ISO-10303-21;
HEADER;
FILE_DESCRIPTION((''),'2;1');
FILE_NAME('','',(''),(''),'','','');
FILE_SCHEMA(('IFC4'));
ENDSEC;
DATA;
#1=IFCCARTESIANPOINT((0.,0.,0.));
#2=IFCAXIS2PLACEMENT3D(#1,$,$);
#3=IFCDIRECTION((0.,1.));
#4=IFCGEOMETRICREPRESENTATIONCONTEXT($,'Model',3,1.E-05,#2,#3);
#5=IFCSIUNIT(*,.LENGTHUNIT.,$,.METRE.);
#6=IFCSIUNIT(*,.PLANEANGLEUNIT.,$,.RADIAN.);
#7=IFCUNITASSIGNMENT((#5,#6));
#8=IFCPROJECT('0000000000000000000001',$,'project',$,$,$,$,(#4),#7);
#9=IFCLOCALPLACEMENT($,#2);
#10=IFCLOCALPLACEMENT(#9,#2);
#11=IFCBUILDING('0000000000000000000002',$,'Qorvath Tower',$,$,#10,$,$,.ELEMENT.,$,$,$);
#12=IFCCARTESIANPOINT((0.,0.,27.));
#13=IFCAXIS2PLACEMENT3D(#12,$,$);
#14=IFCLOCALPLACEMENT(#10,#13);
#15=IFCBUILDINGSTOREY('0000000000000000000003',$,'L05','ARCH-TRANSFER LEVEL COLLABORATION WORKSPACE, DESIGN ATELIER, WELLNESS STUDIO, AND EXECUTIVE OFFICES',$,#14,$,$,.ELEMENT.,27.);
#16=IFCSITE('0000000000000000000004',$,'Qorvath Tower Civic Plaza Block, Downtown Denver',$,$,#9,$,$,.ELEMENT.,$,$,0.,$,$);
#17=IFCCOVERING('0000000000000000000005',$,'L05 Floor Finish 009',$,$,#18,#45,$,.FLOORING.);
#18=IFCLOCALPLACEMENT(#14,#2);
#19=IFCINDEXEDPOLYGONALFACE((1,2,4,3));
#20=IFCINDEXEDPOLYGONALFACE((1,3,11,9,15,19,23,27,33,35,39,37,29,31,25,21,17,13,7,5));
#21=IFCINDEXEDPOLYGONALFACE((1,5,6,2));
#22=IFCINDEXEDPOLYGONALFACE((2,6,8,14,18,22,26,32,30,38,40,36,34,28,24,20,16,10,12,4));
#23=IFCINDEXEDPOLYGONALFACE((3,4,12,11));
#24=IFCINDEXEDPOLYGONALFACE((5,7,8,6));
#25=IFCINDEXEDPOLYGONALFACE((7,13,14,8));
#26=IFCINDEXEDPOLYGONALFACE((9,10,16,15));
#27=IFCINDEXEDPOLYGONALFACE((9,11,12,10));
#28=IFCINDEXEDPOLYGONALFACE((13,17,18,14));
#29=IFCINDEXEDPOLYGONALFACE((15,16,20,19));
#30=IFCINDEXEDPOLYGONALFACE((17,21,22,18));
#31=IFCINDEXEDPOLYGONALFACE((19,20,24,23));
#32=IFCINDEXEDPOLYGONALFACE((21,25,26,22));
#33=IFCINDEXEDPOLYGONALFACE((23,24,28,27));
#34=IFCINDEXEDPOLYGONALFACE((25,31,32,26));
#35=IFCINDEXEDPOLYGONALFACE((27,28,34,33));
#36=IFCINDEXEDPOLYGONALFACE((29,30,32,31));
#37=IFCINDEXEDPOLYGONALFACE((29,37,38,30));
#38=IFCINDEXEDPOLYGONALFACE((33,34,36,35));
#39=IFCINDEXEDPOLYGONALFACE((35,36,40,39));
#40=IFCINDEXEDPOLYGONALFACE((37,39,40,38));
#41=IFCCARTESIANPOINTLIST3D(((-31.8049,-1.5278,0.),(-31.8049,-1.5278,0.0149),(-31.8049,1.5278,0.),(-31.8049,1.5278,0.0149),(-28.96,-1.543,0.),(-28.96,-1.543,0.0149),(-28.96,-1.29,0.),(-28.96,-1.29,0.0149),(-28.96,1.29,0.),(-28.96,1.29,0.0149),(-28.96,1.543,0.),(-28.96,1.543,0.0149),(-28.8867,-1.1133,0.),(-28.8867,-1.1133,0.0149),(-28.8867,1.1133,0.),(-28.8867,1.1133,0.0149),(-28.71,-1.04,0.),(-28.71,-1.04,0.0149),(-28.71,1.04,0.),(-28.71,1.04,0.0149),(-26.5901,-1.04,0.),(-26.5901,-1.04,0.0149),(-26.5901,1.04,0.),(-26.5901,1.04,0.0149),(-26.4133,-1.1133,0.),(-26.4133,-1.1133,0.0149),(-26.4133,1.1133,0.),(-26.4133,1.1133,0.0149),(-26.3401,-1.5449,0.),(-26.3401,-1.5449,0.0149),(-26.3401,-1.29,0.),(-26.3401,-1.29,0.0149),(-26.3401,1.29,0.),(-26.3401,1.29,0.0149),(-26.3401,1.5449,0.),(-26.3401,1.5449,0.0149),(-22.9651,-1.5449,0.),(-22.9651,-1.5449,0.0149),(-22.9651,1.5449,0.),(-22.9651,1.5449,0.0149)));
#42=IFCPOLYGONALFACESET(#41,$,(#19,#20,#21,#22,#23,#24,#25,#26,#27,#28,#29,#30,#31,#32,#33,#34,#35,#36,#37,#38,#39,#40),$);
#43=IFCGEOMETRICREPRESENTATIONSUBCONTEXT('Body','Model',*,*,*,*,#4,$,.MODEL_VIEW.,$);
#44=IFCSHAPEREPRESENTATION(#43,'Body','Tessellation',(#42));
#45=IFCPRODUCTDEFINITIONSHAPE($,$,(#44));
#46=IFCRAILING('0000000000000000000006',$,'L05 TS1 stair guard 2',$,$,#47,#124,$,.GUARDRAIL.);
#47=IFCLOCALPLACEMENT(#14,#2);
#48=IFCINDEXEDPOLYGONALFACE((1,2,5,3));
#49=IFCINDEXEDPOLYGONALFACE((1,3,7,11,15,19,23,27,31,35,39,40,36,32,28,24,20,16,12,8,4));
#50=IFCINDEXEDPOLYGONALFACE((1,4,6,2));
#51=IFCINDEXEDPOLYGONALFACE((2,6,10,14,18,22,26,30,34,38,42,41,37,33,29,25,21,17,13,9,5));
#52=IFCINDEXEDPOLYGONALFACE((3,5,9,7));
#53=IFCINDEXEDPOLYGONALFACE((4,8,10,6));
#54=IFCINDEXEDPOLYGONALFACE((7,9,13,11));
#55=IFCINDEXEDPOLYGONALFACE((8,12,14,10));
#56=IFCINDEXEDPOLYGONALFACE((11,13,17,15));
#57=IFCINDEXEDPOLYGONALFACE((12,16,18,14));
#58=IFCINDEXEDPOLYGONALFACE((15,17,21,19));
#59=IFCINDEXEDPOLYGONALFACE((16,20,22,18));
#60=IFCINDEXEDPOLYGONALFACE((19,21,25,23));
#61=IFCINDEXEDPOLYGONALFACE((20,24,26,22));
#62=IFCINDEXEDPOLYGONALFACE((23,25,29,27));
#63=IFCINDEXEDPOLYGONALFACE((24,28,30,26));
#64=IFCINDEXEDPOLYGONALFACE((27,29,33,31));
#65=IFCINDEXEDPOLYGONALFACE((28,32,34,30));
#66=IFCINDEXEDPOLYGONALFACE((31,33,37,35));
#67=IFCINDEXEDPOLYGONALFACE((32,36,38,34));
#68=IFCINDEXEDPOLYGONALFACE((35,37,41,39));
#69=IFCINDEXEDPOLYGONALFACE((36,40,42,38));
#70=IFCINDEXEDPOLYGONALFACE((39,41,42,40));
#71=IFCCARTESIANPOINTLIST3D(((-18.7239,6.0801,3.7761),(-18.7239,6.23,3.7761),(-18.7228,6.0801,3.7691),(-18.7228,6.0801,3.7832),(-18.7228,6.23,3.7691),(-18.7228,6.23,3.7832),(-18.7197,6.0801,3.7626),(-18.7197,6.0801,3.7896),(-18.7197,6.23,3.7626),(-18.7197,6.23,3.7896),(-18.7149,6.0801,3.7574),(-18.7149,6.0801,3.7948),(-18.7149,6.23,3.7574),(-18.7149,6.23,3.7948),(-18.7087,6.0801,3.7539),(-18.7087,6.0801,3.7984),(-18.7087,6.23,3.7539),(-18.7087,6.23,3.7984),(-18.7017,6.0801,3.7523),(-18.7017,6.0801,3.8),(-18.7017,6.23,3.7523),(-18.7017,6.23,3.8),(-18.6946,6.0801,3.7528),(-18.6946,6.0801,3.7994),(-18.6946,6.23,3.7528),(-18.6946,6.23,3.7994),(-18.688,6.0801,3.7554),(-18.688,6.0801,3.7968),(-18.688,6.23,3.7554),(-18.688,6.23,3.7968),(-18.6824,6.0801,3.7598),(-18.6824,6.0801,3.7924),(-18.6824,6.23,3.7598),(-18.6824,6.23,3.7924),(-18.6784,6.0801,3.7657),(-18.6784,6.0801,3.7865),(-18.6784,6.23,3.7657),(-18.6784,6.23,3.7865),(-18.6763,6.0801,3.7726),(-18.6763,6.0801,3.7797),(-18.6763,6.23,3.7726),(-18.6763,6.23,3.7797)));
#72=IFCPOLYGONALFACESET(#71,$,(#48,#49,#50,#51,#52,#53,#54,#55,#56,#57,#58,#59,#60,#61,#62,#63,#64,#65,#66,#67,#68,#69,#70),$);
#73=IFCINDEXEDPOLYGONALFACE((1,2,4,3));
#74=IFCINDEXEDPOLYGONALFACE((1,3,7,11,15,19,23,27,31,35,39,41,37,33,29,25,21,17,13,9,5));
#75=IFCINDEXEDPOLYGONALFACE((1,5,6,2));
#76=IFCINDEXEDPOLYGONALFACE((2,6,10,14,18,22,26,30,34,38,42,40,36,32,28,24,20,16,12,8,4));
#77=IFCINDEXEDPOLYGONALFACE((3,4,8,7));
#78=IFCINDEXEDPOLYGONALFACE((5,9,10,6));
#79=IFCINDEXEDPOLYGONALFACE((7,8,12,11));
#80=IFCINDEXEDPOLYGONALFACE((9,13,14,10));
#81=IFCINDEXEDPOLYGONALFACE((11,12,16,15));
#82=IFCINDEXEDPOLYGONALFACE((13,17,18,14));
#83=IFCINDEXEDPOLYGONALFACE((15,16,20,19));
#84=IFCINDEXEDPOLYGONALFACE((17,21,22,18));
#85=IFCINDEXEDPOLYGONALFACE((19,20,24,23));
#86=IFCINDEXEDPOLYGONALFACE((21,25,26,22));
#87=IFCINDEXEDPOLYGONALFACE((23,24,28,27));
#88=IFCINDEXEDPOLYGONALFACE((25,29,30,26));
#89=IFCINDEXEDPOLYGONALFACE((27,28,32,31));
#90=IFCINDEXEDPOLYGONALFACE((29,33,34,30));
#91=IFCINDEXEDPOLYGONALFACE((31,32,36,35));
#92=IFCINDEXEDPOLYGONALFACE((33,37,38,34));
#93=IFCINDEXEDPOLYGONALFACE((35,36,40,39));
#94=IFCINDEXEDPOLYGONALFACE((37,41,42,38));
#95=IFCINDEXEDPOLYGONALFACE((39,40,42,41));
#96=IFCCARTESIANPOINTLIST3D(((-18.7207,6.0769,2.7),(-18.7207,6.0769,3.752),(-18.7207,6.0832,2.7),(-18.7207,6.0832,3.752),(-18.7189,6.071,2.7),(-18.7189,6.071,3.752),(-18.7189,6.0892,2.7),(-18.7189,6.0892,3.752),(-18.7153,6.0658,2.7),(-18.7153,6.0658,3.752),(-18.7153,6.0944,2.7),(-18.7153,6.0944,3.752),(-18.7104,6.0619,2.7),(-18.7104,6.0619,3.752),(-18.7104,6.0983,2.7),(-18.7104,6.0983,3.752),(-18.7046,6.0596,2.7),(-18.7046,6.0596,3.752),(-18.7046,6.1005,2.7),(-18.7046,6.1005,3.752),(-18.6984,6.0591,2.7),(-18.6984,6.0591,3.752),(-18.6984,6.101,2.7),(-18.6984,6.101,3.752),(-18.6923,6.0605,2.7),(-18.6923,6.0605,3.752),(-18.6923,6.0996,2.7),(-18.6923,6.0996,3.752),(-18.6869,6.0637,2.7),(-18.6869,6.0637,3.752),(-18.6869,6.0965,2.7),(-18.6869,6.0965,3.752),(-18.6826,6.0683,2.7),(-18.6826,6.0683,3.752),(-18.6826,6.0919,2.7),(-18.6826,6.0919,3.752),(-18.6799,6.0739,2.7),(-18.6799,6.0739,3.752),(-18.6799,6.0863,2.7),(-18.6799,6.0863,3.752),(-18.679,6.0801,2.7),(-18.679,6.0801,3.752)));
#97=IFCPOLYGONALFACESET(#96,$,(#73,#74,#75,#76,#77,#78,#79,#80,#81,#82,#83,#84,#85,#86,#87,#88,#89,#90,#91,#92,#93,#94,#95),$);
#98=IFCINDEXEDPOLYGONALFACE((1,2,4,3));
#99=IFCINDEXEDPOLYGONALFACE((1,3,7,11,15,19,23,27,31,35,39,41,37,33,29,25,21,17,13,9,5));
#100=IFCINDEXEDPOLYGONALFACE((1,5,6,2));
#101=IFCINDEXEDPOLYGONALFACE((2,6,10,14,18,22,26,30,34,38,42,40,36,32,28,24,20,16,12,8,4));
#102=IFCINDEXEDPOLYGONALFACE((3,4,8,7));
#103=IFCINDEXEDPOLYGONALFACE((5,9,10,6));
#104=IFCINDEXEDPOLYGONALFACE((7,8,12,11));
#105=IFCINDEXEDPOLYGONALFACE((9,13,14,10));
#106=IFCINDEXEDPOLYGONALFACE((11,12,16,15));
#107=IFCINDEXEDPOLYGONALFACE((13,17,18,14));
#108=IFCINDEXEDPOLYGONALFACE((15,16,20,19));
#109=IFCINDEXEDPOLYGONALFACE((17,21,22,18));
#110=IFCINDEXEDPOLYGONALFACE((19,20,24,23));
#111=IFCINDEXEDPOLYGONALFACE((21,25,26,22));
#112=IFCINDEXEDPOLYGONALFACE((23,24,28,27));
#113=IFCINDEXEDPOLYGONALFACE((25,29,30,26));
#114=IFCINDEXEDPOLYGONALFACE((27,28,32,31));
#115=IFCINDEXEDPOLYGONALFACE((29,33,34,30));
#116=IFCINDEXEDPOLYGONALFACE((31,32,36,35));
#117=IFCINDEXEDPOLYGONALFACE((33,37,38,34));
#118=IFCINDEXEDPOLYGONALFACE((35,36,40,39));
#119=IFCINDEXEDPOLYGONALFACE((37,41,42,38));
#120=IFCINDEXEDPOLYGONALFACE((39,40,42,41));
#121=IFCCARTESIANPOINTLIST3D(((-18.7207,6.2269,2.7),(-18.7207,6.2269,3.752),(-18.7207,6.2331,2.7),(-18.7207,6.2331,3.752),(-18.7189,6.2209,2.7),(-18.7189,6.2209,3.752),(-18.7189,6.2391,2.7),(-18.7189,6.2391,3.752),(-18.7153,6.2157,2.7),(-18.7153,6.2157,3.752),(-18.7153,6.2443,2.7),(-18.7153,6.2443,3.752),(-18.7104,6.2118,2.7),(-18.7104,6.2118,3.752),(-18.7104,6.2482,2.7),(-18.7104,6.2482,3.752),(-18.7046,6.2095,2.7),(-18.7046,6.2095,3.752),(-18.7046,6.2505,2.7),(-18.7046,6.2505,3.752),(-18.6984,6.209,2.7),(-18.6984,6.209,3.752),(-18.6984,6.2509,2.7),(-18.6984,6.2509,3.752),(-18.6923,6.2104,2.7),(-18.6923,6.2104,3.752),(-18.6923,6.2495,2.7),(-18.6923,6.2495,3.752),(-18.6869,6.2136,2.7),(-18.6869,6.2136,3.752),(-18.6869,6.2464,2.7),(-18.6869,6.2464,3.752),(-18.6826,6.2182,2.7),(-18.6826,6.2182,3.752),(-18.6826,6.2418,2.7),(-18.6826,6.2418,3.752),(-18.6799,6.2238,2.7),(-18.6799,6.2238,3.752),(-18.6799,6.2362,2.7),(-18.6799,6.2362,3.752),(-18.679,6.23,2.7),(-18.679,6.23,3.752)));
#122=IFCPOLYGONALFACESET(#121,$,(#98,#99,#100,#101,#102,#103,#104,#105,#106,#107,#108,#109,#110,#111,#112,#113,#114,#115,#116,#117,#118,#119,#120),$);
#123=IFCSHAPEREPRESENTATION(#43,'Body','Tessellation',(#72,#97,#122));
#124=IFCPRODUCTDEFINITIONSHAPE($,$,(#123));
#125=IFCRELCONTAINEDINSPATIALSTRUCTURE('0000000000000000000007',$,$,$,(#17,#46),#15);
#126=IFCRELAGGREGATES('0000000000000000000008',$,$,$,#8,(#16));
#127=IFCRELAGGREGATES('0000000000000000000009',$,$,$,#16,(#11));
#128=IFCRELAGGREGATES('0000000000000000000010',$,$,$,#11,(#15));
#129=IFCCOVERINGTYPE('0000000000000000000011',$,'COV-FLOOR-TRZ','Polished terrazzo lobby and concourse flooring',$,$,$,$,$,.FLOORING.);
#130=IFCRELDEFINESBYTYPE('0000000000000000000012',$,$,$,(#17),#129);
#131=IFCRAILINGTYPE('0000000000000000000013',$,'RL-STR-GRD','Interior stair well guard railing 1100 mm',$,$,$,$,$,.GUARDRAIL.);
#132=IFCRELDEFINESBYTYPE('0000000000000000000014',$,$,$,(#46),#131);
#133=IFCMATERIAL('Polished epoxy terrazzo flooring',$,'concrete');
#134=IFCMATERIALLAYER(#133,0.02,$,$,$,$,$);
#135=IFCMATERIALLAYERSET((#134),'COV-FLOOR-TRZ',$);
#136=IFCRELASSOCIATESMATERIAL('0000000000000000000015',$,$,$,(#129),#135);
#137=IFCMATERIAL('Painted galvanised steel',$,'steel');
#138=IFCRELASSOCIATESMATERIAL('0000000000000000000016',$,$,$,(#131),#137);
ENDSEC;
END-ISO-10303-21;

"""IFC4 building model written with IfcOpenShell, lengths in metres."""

from ifc_helpers import new_model, si_unit, direction, frame, origin, origin_2d, place, context, subcontext, project, spatial, polyline, circle, outline, extrude, material, layer, layer_set, type_object, element, save


model = new_model("IFC4")

# Units and contexts
model_context = context("Model", 3, precision=1e-05, world=origin(), true_north=direction((0.0, 1.0)))
body_context = subcontext(model_context, "Body", "Model", "MODEL_VIEW")
ifc_project = project(units=[si_unit("LENGTHUNIT", "METRE"), si_unit("PLANEANGLEUNIT", "RADIAN")], contexts=[model_context])

# Site, building, storey
site_placement = place(None, origin())
site = spatial("IfcSite", under=ifc_project, at=site_placement, Name="Qorvath Tower Civic Plaza Block, Downtown Denver", CompositionType="ELEMENT", RefElevation=0.0)
building_placement = place(site_placement, origin())
building = spatial("IfcBuilding", under=site, at=building_placement, Name="Qorvath Tower", CompositionType="ELEMENT")
storey_placement = place(building_placement, frame((0.0, 0.0, 27.0)))
storey = spatial("IfcBuildingStorey", under=building, at=storey_placement, Name="L05", Description="ARCH-TRANSFER LEVEL COLLABORATION WORKSPACE, DESIGN ATELIER, WELLNESS STUDIO, AND EXECUTIVE OFFICES", CompositionType="ELEMENT", Elevation=27.0)

# Covering
ifc_material_1 = material(Name="Polished epoxy terrazzo flooring", Category="concrete")
ifc_layer_1 = layer(ifc_material_1, 0.02)
ifc_layer_set_1 = layer_set([ifc_layer_1], Name="COV-FLOOR-TRZ")
covering_type_1 = type_object("IfcCoveringType", Name="COV-FLOOR-TRZ", Description="Polished terrazzo lobby and concourse flooring", PredefinedType="FLOORING", material=ifc_layer_set_1)
covering_1_placement = place(storey_placement, origin())
element("IfcCovering", 1, at=covering_1_placement, inside=storey, type_object=covering_type_1, Name="L05 Floor Finish 009", PredefinedType="FLOORING", context=body_context, shape_type="SweptSolid", body=[
    extrude(outline(polyline([(-22.9651, -1.5449), (-22.9651, 1.5449), (-26.3401, 1.5449), (-26.3401, 1.29), (-26.4133, 1.1133), (-26.5901, 1.04), (-28.71, 1.04), (-28.8867, 1.1133), (-28.96, 1.29), (-28.96, 1.543), (-31.8049, 1.5278), (-31.8049, -1.5278), (-28.96, -1.543), (-28.96, -1.29), (-28.8867, -1.1133), (-28.71, -1.04), (-26.5901, -1.04), (-26.4133, -1.1133), (-26.3401, -1.29), (-26.3401, -1.5449), (-22.9651, -1.5449)])), origin(), (0.0, 0.0, 1.0), 0.0149),
])

# Railing
ifc_material_2 = material(Name="Painted galvanised steel", Category="steel")
railing_type = type_object("IfcRailingType", Name="RL-STR-GRD", Description="Interior stair well guard railing 1100 mm", PredefinedType="GUARDRAIL", material=ifc_material_2)
railing_placement = place(storey_placement, frame((-18.7, 6.0801, 2.7)))
element("IfcRailing", 2, at=railing_placement, inside=storey, type_object=railing_type, Name="L05 TS1 stair guard 2", PredefinedType="GUARDRAIL", context=body_context, shape_type="SweptSolid", body=[
    extrude(circle(Radius=0.0239, at=origin_2d()), frame((0.0, 0.0, 1.0762), z_axis=(0.0, 1.0, 0.0), x_axis=(-1.0, 0.0, 0.0)), (0.0, 0.0, 1.0), 0.1499),
    extrude(circle(Radius=0.021, at=origin_2d()), origin(), (0.0, 0.0, 1.0), 1.052),
    extrude(circle(Radius=0.021, at=origin_2d()), frame((0.0, 0.1499, 0.0)), (0.0, 0.0, 1.0), 1.052),
])

save(model, "model.ifc")
